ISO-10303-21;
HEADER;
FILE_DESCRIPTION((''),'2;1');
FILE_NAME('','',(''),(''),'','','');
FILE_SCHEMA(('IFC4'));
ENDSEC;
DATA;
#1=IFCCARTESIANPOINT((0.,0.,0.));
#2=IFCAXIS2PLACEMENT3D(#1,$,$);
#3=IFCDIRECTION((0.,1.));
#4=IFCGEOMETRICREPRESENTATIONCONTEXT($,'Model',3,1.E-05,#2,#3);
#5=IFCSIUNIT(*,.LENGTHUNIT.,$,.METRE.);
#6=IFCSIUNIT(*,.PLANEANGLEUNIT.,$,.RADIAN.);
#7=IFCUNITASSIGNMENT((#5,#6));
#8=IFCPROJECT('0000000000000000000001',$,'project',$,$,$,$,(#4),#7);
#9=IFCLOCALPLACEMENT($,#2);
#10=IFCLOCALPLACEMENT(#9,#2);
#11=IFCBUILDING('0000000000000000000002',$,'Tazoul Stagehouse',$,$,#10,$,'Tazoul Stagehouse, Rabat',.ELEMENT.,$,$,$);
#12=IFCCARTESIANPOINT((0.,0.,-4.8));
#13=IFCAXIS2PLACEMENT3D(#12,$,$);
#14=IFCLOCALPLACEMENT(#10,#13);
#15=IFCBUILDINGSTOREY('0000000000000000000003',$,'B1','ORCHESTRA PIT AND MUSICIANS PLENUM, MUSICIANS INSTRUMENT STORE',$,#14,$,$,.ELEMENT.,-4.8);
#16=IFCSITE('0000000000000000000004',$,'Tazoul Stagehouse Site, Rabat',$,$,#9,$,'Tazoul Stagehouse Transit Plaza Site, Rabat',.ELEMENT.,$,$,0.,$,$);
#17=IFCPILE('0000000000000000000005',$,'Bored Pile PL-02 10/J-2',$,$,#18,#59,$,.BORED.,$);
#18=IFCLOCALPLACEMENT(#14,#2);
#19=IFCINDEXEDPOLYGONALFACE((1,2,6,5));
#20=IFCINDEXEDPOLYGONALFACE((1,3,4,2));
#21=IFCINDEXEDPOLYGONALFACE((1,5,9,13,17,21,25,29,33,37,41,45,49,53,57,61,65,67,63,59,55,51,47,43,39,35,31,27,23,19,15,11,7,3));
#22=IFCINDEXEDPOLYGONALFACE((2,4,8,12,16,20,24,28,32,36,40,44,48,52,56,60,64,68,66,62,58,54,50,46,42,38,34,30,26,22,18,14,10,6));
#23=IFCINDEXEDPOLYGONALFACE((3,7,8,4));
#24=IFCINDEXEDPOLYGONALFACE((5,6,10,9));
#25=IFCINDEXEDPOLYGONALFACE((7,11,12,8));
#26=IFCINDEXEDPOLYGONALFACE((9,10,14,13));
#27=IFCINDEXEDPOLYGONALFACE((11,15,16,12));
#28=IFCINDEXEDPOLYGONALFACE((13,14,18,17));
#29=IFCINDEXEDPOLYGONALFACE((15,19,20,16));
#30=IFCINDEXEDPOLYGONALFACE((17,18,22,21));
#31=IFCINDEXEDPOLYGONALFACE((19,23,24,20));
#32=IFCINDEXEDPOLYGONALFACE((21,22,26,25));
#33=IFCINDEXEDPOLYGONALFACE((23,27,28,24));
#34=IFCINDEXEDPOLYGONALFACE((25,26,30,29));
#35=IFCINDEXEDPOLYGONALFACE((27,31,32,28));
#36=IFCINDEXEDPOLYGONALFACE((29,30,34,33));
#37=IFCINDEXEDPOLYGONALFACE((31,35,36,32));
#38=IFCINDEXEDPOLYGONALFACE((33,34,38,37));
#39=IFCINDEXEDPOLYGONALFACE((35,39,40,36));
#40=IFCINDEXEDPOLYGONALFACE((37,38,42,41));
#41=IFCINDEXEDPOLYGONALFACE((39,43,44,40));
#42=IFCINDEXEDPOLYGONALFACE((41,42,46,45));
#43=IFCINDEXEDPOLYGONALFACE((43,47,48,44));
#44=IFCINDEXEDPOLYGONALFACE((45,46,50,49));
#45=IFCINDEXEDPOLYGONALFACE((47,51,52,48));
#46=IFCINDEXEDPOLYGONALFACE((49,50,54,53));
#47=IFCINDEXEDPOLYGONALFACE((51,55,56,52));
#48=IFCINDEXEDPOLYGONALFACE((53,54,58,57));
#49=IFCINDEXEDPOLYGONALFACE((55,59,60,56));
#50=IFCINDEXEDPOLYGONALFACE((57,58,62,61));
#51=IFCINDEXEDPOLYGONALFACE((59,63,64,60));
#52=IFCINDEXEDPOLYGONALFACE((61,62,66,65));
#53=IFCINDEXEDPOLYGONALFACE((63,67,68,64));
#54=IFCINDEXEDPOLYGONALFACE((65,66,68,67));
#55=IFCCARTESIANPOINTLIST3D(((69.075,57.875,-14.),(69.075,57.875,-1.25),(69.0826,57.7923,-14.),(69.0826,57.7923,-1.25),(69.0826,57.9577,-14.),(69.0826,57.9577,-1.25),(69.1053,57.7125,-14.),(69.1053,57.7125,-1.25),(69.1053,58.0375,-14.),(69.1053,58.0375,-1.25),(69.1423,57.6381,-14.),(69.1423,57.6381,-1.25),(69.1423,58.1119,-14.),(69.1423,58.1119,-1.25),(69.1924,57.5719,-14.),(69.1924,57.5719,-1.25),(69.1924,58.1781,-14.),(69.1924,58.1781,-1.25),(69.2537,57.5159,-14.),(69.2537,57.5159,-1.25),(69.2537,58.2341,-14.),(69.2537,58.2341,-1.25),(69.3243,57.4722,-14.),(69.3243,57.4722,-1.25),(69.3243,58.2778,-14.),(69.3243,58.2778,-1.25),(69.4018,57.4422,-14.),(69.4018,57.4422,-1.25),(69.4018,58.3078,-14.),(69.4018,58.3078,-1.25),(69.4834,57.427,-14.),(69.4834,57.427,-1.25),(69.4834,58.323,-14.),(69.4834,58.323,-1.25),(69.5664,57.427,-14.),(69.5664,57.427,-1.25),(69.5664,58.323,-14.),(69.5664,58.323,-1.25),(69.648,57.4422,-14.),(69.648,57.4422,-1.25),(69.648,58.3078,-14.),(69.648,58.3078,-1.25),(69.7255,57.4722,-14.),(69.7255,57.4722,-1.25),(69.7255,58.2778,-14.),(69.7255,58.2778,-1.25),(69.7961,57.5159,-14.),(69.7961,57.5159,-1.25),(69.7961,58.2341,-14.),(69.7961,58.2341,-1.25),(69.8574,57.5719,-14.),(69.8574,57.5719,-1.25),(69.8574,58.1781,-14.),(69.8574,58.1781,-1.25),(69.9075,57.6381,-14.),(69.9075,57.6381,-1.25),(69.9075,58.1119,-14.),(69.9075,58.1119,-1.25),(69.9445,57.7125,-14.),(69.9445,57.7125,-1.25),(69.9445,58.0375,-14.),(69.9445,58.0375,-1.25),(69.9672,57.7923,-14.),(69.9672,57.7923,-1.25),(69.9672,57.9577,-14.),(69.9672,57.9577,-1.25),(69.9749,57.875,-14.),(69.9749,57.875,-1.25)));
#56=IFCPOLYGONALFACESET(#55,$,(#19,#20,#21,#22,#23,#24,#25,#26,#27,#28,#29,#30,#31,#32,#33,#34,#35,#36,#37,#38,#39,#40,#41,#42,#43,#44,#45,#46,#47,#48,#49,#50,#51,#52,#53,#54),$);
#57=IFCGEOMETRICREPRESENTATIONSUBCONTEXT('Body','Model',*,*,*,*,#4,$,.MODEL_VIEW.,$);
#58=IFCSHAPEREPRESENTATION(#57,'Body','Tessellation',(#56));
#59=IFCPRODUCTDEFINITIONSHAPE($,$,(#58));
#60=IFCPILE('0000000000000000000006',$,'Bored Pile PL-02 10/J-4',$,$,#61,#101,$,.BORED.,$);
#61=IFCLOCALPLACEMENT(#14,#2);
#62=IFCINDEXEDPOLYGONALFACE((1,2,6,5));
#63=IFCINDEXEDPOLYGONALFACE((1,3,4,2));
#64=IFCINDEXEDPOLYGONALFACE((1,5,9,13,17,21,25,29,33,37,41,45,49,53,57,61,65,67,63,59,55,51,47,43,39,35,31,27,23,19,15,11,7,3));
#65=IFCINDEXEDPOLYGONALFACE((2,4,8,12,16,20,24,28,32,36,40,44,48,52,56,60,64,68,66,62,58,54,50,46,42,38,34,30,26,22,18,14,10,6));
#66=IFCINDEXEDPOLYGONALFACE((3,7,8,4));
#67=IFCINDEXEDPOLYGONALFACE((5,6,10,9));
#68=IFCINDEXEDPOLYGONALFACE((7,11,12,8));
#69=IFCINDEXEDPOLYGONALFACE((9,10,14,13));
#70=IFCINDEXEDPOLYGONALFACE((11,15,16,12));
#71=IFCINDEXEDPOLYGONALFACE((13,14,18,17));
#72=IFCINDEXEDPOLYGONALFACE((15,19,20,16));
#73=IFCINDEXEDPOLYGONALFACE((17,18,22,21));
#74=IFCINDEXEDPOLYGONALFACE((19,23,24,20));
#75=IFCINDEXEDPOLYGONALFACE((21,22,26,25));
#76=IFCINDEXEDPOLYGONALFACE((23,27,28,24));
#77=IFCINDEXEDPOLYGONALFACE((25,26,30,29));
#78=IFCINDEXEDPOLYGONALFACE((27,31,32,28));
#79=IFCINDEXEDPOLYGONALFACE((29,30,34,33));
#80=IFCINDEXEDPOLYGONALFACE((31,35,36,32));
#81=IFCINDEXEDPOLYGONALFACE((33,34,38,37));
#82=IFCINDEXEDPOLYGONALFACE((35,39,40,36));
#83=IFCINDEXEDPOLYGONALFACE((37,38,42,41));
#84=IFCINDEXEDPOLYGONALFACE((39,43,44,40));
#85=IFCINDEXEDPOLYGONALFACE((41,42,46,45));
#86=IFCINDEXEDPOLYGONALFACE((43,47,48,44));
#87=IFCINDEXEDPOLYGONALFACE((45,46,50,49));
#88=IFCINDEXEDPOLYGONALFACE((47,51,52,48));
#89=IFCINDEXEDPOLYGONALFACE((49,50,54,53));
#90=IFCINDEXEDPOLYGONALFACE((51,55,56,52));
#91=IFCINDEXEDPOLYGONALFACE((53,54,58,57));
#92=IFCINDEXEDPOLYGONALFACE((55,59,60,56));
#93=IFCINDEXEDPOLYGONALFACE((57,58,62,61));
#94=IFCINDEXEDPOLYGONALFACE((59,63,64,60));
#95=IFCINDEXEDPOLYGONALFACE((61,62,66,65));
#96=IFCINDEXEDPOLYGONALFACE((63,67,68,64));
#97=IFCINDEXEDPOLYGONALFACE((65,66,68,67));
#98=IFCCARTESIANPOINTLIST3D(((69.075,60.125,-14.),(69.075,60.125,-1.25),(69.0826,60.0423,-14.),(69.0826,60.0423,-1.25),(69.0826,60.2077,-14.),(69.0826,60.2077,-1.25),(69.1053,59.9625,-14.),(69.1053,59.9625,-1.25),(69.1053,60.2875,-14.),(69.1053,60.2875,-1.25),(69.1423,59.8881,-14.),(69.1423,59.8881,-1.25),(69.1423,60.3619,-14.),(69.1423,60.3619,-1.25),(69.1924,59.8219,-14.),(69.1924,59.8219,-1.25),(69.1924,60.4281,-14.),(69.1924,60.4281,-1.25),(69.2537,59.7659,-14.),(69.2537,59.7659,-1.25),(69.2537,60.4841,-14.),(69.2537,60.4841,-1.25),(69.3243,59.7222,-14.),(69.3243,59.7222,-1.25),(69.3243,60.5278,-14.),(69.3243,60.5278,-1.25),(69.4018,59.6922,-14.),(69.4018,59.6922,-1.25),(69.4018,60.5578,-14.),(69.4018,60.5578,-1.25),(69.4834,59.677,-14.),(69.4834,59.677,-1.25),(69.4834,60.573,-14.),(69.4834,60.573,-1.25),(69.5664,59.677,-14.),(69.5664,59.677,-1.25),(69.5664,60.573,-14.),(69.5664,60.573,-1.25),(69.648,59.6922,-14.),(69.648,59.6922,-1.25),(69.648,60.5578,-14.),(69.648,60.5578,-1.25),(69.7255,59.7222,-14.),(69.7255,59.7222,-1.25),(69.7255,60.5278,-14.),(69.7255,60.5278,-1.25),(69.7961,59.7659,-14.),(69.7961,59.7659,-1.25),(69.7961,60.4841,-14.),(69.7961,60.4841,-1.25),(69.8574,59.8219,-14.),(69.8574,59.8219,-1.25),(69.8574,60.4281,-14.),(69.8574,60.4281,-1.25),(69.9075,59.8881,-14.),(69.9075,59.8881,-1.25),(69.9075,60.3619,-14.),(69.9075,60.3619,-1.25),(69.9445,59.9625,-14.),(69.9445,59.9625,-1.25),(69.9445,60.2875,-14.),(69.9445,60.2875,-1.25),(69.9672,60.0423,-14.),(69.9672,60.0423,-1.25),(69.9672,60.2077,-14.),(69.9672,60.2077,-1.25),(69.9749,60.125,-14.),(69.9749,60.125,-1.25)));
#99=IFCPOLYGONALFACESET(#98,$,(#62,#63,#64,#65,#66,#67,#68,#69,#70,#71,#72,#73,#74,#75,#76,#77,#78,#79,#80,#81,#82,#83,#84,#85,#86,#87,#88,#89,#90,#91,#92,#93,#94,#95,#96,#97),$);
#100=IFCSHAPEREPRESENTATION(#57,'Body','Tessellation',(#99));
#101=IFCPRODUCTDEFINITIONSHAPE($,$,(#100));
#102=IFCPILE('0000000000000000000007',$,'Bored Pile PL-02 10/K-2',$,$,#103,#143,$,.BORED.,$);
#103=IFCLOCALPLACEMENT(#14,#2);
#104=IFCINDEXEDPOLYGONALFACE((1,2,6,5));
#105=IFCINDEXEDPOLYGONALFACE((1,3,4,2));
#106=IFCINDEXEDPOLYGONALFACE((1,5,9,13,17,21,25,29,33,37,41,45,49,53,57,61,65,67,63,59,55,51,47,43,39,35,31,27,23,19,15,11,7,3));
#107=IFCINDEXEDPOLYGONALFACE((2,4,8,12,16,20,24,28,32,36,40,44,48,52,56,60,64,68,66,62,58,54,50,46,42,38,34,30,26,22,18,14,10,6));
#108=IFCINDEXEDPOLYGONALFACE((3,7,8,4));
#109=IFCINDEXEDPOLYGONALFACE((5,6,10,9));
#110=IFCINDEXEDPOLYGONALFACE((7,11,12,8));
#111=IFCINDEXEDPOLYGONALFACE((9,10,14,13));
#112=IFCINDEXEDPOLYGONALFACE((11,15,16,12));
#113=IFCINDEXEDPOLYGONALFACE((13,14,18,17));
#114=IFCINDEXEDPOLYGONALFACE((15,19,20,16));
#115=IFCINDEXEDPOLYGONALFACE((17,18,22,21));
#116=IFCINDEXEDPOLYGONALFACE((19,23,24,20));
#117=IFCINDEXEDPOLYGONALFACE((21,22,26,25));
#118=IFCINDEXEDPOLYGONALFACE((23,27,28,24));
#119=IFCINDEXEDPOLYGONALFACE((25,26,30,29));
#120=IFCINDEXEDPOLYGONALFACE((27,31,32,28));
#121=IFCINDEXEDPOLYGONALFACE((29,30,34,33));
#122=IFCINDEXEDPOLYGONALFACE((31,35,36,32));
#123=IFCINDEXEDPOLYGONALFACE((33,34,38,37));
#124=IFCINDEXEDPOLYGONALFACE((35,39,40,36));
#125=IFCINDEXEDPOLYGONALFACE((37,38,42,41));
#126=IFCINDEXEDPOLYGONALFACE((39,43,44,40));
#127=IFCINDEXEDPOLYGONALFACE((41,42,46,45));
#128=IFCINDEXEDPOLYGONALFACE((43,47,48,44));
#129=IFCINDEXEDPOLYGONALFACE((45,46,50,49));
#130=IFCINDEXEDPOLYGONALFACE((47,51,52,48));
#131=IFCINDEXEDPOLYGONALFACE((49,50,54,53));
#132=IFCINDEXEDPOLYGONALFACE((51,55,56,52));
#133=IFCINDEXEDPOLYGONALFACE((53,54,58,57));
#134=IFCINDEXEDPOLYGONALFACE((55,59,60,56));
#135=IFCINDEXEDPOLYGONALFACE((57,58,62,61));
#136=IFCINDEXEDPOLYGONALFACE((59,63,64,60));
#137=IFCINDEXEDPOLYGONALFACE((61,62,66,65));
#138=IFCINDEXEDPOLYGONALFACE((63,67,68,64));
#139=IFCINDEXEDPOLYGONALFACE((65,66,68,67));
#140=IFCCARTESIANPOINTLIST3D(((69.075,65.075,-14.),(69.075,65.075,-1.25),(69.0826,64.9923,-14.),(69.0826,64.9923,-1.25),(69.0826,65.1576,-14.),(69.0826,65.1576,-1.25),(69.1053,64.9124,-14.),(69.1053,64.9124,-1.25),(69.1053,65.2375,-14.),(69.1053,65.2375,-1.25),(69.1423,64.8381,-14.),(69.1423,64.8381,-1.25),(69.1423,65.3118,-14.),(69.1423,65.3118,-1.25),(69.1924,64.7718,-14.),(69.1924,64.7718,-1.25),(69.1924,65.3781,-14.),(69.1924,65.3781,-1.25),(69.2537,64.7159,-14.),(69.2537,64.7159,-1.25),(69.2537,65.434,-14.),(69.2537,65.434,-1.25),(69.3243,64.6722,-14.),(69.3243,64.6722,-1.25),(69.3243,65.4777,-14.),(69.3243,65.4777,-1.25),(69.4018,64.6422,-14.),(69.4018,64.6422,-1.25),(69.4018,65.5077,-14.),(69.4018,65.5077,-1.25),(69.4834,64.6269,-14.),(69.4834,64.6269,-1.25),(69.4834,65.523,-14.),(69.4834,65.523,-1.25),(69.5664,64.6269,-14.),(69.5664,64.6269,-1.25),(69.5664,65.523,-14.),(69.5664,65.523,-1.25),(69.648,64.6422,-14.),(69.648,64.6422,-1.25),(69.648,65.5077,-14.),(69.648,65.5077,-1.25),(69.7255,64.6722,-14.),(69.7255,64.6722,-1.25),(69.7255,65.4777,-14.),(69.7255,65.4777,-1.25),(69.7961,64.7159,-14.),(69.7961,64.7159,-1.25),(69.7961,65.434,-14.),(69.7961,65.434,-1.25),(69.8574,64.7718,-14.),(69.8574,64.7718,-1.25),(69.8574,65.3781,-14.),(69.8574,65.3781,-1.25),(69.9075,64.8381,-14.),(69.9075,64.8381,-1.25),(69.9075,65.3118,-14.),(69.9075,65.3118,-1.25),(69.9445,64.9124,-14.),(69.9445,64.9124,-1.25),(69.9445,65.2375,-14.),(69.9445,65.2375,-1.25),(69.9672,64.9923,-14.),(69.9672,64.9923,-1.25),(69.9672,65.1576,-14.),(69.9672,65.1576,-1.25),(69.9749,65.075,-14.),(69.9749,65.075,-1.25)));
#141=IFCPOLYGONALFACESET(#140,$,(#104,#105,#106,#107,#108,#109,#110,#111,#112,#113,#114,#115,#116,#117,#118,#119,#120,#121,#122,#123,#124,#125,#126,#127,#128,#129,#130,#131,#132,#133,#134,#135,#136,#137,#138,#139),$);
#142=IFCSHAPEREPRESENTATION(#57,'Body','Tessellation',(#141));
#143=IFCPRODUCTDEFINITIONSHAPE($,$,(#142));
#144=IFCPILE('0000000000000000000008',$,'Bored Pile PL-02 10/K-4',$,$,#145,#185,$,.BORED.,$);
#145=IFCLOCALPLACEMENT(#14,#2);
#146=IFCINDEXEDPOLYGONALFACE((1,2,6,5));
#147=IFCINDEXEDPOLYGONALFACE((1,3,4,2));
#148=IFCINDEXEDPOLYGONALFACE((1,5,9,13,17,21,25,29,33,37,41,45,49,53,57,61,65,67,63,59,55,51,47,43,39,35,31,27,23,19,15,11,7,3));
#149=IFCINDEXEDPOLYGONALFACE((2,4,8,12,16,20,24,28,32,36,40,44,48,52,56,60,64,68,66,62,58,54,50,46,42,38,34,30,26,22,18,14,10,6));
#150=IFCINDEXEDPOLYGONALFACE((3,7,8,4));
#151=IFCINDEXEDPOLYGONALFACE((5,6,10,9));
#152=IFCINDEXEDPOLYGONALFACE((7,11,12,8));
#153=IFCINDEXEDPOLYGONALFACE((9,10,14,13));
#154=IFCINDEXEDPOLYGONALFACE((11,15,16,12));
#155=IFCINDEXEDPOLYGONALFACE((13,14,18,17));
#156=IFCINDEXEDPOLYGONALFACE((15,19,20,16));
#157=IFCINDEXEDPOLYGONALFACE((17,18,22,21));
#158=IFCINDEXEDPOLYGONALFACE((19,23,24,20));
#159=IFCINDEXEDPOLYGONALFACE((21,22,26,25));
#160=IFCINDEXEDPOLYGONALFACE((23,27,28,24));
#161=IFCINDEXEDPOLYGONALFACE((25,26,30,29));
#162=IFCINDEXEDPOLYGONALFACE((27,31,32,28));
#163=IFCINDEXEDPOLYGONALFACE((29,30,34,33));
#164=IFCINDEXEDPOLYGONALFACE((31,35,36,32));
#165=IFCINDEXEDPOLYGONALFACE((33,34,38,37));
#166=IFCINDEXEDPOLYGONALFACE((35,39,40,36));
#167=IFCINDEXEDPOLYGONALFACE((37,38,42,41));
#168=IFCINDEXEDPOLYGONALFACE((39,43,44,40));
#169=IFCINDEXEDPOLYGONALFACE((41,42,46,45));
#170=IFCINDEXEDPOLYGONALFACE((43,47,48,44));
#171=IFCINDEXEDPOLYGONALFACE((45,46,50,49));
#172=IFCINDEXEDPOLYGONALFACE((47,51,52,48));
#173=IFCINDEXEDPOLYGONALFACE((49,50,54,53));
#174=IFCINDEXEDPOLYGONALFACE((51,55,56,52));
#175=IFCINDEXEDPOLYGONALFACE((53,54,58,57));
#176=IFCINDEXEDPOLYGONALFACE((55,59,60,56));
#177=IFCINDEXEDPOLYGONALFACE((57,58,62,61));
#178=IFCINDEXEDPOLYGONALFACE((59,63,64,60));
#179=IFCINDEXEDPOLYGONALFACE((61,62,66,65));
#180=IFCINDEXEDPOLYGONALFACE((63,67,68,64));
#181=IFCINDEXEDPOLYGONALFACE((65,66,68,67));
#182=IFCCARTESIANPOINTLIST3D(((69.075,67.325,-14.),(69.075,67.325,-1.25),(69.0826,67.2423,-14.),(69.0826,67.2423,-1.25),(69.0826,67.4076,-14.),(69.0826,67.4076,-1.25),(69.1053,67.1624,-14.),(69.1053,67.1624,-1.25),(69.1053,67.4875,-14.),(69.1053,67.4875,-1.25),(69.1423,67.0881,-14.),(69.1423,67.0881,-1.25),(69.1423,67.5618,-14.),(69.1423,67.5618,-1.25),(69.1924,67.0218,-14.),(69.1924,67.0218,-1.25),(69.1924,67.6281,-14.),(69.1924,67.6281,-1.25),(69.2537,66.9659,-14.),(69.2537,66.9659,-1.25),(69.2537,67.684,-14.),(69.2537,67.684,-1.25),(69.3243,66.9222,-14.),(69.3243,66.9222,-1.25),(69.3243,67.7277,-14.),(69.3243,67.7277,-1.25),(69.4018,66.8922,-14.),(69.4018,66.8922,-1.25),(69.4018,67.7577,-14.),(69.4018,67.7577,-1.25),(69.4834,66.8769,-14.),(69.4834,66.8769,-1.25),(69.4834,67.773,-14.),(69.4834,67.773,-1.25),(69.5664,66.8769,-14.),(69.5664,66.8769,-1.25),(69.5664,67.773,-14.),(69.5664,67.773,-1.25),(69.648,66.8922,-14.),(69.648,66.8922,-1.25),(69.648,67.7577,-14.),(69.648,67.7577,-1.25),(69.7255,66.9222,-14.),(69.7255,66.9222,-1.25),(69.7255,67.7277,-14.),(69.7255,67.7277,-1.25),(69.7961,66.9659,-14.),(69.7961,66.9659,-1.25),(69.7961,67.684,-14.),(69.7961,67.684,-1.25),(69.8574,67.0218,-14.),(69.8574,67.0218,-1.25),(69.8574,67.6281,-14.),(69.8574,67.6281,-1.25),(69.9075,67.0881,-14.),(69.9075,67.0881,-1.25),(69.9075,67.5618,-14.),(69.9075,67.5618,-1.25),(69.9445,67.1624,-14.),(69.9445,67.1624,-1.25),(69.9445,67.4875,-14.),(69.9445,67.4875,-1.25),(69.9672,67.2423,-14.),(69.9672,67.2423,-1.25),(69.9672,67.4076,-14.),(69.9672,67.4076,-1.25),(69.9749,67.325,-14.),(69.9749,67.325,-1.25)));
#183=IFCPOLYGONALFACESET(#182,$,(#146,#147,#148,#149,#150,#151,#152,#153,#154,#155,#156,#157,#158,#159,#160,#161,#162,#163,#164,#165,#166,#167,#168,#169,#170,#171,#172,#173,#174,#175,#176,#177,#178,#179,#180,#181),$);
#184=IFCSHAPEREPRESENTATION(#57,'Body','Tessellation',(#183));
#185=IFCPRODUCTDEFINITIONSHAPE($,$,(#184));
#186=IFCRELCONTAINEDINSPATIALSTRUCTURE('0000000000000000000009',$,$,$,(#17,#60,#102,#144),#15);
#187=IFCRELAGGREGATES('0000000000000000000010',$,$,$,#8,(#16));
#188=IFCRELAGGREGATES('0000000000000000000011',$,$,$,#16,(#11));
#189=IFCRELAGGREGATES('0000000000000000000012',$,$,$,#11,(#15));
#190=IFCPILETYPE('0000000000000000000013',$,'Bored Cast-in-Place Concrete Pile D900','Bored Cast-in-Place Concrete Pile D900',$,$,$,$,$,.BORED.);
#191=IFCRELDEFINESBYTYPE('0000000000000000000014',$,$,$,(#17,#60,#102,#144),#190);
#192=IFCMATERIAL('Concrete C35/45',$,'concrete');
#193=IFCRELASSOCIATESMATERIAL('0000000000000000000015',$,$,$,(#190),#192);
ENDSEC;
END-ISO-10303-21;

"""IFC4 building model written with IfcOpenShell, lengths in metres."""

from ifc_helpers import new_model, si_unit, direction, frame, origin, origin_2d, place, context, subcontext, project, spatial, circle, extrude, material, material_profile, profile_set, type_object, element, save


model = new_model("IFC4")

# Units and contexts
model_context = context("Model", 3, precision=1e-05, world=origin(), true_north=direction((0.0, 1.0)))
body_context = subcontext(model_context, "Body", "Model", "MODEL_VIEW")
ifc_project = project(units=[si_unit("LENGTHUNIT", "METRE"), si_unit("PLANEANGLEUNIT", "RADIAN")], contexts=[model_context])

# Site, building, storey
site_placement = place(None, origin())
site = spatial("IfcSite", under=ifc_project, at=site_placement, Name="Tazoul Stagehouse Site, Rabat", LongName="Tazoul Stagehouse Transit Plaza Site, Rabat", CompositionType="ELEMENT", RefElevation=0.0)
building_placement = place(site_placement, origin())
building = spatial("IfcBuilding", under=site, at=building_placement, Name="Tazoul Stagehouse", LongName="Tazoul Stagehouse, Rabat", CompositionType="ELEMENT")
storey_placement = place(building_placement, frame((0.0, 0.0, -4.8)))
storey = spatial("IfcBuildingStorey", under=building, at=storey_placement, Name="B1", Description="ORCHESTRA PIT AND MUSICIANS PLENUM, MUSICIANS INSTRUMENT STORE", CompositionType="ELEMENT", Elevation=-4.8)

# Piles
ifc_material_1 = material(Name="Concrete C35/45", Category="concrete")
ifc_material_profile_1 = material_profile(ifc_material_1, circle(Radius=0.45, at=origin_2d()), Name="BORED PILE 900")
ifc_profile_set_1 = profile_set([ifc_material_profile_1], Name="Concrete C35/45")
pile_type = type_object("IfcPileType", Name="Bored Cast-in-Place Concrete Pile D900", Description="Bored Cast-in-Place Concrete Pile D900", PredefinedType="BORED", material=ifc_profile_set_1)
for number, where, z_axis, x_axis, name in (
    (1, (69.5249, 57.875, -1.25), (0.0, 0.0, -1.0), (1.0, 0.0, 0.0), "Bored Pile PL-02 10/J-2"),
    (2, (69.5249, 60.125, -1.25), (0.0, 0.0, -1.0), (1.0, 0.0, 0.0), "Bored Pile PL-02 10/J-4"),
    (3, (69.5249, 65.075, -1.25), (0.0, 0.0, -1.0), (1.0, 0.0, 0.0), "Bored Pile PL-02 10/K-2"),
    (4, (69.5249, 67.325, -1.25), (0.0, 0.0, -1.0), (1.0, 0.0, 0.0), "Bored Pile PL-02 10/K-4"),
):
    element("IfcPile", number, at=place(storey_placement, frame(where, z_axis=z_axis, x_axis=x_axis)), inside=storey, type_object=pile_type, Name=name, PredefinedType="BORED", context=body_context, shape_type="SweptSolid", body=[
        extrude(circle(Radius=0.45, at=origin_2d()), origin(), (0.0, 0.0, 1.0), 12.75),
    ])

save(model, "model.ifc")
